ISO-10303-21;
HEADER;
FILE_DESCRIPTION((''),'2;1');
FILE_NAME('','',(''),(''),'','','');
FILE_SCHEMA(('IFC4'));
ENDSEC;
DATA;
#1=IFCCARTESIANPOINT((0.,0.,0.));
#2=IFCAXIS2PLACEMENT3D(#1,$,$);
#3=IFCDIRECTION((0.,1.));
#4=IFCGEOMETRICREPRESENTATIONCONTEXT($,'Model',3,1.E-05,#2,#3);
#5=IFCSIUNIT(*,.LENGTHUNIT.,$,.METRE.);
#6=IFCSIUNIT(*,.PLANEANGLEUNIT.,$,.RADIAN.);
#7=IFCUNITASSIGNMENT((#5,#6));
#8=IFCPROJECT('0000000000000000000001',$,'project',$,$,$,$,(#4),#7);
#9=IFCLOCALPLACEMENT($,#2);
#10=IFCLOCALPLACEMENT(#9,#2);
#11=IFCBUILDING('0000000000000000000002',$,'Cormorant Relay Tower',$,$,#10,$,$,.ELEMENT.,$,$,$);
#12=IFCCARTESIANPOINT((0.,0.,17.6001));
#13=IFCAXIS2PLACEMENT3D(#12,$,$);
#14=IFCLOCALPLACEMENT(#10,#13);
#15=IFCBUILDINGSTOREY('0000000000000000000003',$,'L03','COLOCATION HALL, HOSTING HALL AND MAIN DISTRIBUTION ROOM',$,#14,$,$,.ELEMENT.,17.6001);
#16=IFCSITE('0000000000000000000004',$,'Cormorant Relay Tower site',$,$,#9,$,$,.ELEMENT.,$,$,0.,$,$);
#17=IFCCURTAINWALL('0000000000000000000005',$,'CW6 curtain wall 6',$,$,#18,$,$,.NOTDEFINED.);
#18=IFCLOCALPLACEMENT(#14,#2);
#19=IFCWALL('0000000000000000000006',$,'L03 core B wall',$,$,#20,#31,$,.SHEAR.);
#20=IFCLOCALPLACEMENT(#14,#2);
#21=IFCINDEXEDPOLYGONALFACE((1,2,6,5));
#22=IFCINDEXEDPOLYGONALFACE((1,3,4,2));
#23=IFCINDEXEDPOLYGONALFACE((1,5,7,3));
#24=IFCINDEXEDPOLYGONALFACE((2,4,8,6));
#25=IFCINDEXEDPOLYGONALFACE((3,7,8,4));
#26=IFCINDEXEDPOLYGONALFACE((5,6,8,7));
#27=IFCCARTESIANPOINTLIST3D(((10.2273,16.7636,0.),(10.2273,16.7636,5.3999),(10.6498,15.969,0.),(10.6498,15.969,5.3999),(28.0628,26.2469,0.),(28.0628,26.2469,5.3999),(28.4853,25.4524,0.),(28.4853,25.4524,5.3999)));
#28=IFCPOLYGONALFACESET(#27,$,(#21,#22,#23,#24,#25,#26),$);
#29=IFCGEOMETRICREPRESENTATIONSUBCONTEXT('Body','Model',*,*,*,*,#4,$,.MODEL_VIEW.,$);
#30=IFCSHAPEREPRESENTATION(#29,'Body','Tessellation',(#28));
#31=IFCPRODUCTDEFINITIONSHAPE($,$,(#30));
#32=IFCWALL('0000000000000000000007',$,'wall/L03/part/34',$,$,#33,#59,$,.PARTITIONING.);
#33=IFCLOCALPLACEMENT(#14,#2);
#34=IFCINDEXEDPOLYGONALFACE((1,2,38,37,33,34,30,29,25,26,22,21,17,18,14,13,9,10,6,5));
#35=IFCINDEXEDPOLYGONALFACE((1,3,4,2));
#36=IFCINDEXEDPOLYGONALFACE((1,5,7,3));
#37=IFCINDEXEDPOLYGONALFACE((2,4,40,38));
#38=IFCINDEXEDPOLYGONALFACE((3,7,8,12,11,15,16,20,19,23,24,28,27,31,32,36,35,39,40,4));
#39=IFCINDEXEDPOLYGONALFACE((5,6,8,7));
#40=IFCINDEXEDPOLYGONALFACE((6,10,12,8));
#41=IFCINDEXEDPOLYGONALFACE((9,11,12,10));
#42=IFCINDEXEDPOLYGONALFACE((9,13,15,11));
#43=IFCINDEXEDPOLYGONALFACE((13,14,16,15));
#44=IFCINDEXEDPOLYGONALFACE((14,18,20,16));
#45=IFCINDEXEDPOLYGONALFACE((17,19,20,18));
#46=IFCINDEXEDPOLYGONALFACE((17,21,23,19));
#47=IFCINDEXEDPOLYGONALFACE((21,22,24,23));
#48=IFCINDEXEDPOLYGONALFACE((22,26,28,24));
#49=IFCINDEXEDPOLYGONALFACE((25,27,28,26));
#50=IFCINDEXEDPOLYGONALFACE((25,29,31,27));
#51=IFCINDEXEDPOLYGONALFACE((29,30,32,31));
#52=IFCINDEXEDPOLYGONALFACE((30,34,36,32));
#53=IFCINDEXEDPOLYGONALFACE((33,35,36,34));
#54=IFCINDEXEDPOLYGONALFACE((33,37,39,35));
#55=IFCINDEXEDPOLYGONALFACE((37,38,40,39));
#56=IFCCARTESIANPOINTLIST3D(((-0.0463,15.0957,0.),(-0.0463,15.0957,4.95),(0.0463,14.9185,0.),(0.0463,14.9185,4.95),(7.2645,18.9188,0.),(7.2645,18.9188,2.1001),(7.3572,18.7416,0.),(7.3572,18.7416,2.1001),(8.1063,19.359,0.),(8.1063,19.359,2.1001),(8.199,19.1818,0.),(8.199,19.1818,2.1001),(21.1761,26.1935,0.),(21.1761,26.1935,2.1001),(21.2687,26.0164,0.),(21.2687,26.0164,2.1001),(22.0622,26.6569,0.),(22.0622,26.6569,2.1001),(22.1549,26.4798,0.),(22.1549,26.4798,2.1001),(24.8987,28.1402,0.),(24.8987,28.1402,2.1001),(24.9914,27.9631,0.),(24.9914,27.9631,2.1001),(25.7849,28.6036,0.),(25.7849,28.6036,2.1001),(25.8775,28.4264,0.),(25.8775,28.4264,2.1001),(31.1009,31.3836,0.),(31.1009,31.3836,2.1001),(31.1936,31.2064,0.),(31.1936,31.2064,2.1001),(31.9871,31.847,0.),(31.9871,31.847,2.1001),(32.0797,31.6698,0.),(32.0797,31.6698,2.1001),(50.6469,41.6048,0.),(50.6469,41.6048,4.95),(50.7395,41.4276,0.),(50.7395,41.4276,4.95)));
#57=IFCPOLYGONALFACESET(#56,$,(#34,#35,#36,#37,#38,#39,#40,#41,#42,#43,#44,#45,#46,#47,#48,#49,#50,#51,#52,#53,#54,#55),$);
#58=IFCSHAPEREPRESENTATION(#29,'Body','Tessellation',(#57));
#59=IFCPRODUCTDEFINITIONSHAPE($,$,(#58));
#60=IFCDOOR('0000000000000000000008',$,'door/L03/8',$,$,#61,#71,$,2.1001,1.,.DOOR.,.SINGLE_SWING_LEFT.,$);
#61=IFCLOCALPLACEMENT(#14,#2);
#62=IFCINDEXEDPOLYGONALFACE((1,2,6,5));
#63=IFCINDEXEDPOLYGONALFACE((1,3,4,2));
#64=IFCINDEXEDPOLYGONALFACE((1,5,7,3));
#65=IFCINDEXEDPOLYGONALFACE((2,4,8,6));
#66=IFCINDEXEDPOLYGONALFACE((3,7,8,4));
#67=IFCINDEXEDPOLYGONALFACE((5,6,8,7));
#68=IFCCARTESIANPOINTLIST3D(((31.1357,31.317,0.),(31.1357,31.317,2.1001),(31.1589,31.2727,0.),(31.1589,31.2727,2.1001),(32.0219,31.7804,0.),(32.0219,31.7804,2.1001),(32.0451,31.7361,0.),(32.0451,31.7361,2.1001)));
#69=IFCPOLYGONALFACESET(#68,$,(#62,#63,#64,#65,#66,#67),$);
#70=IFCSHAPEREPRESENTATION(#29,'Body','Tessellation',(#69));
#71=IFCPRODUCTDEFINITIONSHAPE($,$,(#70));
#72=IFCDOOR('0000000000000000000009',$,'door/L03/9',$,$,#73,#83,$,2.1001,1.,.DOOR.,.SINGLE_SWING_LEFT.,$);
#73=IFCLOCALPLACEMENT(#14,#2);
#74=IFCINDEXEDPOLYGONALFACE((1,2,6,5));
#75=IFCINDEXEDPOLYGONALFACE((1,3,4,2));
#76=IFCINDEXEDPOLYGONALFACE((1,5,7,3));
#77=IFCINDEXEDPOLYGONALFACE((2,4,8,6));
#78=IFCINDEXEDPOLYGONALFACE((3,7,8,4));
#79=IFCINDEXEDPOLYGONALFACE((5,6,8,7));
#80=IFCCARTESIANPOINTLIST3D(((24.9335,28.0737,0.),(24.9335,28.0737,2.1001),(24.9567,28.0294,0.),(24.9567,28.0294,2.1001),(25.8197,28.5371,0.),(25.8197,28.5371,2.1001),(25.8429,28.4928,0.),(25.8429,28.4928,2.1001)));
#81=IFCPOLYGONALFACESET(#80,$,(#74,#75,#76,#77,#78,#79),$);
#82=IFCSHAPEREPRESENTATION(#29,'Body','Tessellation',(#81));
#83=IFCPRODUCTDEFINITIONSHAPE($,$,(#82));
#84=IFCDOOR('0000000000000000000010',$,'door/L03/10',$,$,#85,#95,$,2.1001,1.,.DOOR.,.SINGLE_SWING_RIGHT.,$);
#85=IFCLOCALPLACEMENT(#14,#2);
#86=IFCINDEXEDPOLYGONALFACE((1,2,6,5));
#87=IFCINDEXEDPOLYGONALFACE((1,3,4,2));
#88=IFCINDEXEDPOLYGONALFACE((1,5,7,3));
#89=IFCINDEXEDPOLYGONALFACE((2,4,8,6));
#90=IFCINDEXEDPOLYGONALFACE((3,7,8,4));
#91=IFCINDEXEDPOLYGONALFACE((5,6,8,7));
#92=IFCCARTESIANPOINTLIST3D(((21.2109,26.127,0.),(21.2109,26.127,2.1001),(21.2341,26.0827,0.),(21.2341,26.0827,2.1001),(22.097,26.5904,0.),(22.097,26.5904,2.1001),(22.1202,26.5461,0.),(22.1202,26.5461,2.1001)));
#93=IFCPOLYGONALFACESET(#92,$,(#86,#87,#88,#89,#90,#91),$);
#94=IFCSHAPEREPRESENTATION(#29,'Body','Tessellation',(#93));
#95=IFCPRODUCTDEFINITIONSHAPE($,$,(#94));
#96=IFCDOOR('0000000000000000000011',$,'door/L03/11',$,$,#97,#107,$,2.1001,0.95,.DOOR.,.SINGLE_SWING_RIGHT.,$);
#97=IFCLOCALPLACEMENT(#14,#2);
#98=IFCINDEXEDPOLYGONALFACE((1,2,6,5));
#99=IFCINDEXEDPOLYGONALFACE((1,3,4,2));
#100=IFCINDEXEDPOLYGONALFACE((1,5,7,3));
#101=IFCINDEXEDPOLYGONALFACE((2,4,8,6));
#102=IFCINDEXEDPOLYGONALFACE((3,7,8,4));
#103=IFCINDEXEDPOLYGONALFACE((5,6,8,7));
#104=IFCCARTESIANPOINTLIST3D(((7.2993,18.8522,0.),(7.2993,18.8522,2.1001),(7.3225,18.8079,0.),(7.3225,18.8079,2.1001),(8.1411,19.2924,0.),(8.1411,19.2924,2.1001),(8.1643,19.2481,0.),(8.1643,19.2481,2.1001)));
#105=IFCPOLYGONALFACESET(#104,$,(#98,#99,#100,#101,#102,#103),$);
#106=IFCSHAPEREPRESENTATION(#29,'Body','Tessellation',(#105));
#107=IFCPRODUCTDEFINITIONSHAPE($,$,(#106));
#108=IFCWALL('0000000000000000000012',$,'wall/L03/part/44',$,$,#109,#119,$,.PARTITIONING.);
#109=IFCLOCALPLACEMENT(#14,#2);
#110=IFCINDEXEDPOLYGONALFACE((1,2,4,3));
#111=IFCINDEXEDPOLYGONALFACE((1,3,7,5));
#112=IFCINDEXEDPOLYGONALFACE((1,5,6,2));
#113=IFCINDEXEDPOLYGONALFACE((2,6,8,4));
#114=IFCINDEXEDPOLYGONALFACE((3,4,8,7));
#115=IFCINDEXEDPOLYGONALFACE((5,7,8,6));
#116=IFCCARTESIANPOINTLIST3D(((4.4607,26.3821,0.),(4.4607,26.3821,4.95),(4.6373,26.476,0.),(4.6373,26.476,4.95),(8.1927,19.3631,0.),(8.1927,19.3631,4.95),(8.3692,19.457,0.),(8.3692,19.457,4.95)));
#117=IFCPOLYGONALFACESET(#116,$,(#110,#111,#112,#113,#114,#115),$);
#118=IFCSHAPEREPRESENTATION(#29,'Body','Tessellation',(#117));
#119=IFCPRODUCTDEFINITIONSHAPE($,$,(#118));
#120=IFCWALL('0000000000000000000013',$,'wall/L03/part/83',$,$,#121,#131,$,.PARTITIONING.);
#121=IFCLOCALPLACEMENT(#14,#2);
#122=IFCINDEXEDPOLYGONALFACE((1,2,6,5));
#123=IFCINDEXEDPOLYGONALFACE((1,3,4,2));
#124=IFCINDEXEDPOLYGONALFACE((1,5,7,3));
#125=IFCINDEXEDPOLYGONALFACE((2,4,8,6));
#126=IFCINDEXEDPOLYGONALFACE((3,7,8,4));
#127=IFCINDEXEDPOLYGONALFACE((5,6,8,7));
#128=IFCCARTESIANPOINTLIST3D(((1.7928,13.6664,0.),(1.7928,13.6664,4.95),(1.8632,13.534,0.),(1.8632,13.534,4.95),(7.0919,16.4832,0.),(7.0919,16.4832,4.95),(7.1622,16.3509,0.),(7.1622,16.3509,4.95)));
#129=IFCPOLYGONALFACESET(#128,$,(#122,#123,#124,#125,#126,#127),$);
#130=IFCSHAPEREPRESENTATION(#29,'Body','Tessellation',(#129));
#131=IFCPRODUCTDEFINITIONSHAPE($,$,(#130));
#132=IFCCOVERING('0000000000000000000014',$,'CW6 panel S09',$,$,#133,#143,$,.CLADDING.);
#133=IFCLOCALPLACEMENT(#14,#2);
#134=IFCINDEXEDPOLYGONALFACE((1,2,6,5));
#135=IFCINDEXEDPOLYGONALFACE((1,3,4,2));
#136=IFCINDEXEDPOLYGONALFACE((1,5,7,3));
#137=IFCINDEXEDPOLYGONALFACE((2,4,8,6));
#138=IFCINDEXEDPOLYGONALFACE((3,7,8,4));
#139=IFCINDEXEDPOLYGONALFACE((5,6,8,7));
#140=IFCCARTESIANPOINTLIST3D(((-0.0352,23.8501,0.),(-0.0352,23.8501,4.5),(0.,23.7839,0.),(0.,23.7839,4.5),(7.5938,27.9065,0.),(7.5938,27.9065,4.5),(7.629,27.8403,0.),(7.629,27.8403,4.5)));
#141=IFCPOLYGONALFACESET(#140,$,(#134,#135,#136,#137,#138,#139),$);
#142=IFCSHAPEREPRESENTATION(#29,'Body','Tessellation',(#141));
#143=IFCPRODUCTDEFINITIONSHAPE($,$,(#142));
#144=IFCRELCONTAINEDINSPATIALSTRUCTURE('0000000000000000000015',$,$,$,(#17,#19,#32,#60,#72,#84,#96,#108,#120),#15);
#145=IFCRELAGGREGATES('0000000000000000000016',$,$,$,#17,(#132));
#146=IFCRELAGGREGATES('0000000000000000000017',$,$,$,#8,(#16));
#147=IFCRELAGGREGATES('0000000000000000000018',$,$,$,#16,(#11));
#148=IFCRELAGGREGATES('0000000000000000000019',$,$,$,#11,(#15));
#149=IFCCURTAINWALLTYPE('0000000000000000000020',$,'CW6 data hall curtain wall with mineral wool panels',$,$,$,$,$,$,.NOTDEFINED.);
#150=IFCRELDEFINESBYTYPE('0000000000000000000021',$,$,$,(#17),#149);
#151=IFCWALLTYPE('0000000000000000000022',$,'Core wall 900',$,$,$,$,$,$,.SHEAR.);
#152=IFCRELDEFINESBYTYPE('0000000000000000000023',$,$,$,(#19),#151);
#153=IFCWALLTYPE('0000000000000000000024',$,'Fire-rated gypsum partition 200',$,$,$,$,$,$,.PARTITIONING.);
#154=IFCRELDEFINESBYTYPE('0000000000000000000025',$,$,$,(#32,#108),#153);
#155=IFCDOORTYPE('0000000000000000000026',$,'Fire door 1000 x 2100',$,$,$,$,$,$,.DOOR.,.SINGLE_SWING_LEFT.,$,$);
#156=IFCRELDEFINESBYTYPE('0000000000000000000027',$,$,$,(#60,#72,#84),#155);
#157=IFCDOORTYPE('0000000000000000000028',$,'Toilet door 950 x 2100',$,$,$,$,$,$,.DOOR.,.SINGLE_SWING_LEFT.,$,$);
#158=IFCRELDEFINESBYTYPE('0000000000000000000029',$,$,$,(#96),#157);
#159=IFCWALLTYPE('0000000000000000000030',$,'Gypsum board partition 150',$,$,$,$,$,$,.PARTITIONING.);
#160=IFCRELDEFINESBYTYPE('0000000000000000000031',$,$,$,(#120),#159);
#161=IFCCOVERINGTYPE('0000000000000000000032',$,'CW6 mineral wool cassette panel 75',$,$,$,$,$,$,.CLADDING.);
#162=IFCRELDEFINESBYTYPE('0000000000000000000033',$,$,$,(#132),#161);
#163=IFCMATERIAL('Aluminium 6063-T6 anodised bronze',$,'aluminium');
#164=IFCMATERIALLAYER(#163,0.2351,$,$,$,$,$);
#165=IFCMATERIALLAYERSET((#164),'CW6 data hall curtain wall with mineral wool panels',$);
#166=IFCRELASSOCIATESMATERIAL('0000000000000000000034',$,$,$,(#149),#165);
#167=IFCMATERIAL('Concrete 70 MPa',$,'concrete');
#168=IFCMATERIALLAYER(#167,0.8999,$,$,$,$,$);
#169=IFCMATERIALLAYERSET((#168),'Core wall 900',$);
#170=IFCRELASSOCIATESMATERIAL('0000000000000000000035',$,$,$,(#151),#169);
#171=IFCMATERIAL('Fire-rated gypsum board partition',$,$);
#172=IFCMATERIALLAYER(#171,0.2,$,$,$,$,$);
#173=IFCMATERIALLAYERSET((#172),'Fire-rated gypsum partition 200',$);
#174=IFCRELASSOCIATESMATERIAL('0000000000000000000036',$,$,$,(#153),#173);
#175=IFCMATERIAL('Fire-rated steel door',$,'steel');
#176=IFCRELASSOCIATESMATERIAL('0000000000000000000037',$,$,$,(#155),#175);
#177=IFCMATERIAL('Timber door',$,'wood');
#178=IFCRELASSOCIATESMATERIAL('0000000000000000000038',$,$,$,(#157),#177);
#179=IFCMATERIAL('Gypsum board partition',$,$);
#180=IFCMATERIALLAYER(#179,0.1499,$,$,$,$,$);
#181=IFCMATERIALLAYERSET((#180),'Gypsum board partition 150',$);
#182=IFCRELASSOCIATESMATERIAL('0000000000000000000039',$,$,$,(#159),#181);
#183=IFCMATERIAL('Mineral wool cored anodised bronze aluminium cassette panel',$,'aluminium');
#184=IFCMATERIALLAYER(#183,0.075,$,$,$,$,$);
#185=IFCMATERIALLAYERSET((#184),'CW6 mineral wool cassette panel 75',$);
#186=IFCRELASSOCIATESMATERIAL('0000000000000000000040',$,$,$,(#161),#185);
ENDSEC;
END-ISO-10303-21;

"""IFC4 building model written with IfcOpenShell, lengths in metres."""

from ifc_helpers import new_model, si_unit, direction, frame, frame_2d, origin, origin_2d, place, context, subcontext, project, spatial, rectangle, extrude, material, layer, layer_set, type_object, element, fill, aggregate, save


model = new_model("IFC4")

# Units and contexts
model_context = context("Model", 3, precision=1e-05, world=origin(), true_north=direction((0.0, 1.0)))
body_context = subcontext(model_context, "Body", "Model", "MODEL_VIEW")
ifc_project = project(units=[si_unit("LENGTHUNIT", "METRE"), si_unit("PLANEANGLEUNIT", "RADIAN")], contexts=[model_context])

# Site, building, storey
site_placement = place(None, origin())
site = spatial("IfcSite", under=ifc_project, at=site_placement, Name="Cormorant Relay Tower site", CompositionType="ELEMENT", RefElevation=0.0)
building_placement = place(site_placement, origin())
building = spatial("IfcBuilding", under=site, at=building_placement, Name="Cormorant Relay Tower", CompositionType="ELEMENT")
storey_placement = place(building_placement, frame((0.0, 0.0, 17.6001)))
storey = spatial("IfcBuildingStorey", under=building, at=storey_placement, Name="L03", Description="COLOCATION HALL, HOSTING HALL AND MAIN DISTRIBUTION ROOM", CompositionType="ELEMENT", Elevation=17.6001)

# Curtain wall
ifc_material_1 = material(Name="Aluminium 6063-T6 anodised bronze", Category="aluminium")
ifc_layer_1 = layer(ifc_material_1, 0.2351)
ifc_layer_set_1 = layer_set([ifc_layer_1], Name="CW6 data hall curtain wall with mineral wool panels")
curtain_wall_type = type_object("IfcCurtainWallType", Name="CW6 data hall curtain wall with mineral wool panels", PredefinedType="NOTDEFINED", material=ifc_layer_set_1)
curtain_wall_1_placement = place(storey_placement, origin())
curtain_wall_1 = element("IfcCurtainWall", 1, at=curtain_wall_1_placement, inside=storey, type_object=curtain_wall_type, Name="CW6 curtain wall 6", PredefinedType="NOTDEFINED")

# Wall
ifc_material_2 = material(Name="Concrete 70 MPa", Category="concrete")
ifc_layer_2 = layer(ifc_material_2, 0.8999)
ifc_layer_set_2 = layer_set([ifc_layer_2], Name="Core wall 900")
wall_type_1 = type_object("IfcWallType", Name="Core wall 900", PredefinedType="SHEAR", material=ifc_layer_set_2)
wall_1_placement = place(storey_placement, frame((10.4385, 16.3662, 0.0), z_axis=(0.0, 0.0, 1.0), x_axis=(0.882945, 0.469476, 0.0)))
element("IfcWall", 2, at=wall_1_placement, inside=storey, type_object=wall_type_1, Name="L03 core B wall", PredefinedType="SHEAR", context=body_context, shape_type="SweptSolid", body=[
    extrude(rectangle(XDim=20.2, YDim=0.8999, at=frame_2d((10.1001, 0.0))), origin(), (0.0, 0.0, 1.0), 5.3999),
])

# Wall, openings, doors
ifc_material_3 = material(Name="Fire-rated gypsum board partition")
ifc_layer_3 = layer(ifc_material_3, 0.2)
ifc_layer_set_3 = layer_set([ifc_layer_3], Name="Fire-rated gypsum partition 200")
wall_type_2 = type_object("IfcWallType", Name="Fire-rated gypsum partition 200", PredefinedType="PARTITIONING", material=ifc_layer_set_3)
wall_2_placement = place(storey_placement, frame((0.0, 15.0071, 0.0), z_axis=(0.0, 0.0, 1.0), x_axis=(0.886151, 0.463396, 0.0)))
wall_2 = element("IfcWall", 3, at=wall_2_placement, inside=storey, type_object=wall_type_2, Name="wall/L03/part/34", PredefinedType="PARTITIONING", context=body_context, shape_type="SweptSolid", body=[
    extrude(rectangle(XDim=57.2061, YDim=0.2, at=frame_2d((28.603, 0.0))), origin(), (0.0, 0.0, 1.0), 4.95),
])
opening_1_placement = place(wall_2_placement, frame((35.1489, 0.0, 0.0)))
opening_1 = element("IfcOpeningElement", 4, at=opening_1_placement, cuts=wall_2, PredefinedType="OPENING", context=body_context, shape_type="SweptSolid", body=[
    extrude(rectangle(XDim=1.0, YDim=2.1001, at=frame_2d((0.5, 1.05))), frame((0.0, 0.1099, 0.0), z_axis=(0.0, -1.0, 0.0), x_axis=(1.0, 0.0, 0.0)), (0.0, 0.0, 1.0), 0.22),
])
opening_2_placement = place(wall_2_placement, frame((28.1499, 0.0, 0.0)))
opening_2 = element("IfcOpeningElement", 5, at=opening_2_placement, cuts=wall_2, PredefinedType="OPENING", context=body_context, shape_type="SweptSolid", body=[
    extrude(rectangle(XDim=1.0, YDim=2.1001, at=frame_2d((0.5, 1.05))), frame((0.0, 0.1099, 0.0), z_axis=(0.0, -1.0, 0.0), x_axis=(1.0, 0.0, 0.0)), (0.0, 0.0, 1.0), 0.22),
])
opening_3_placement = place(wall_2_placement, frame((23.949, 0.0, 0.0)))
opening_3 = element("IfcOpeningElement", 6, at=opening_3_placement, cuts=wall_2, PredefinedType="OPENING", context=body_context, shape_type="SweptSolid", body=[
    extrude(rectangle(XDim=1.0, YDim=2.1001, at=frame_2d((0.5, 1.05))), frame((0.0, 0.1099, 0.0), z_axis=(0.0, -1.0, 0.0), x_axis=(1.0, 0.0, 0.0)), (0.0, 0.0, 1.0), 0.22),
])
opening_4_placement = place(wall_2_placement, frame((8.25, 0.0, 0.0)))
opening_4 = element("IfcOpeningElement", 7, at=opening_4_placement, cuts=wall_2, PredefinedType="OPENING", context=body_context, shape_type="SweptSolid", body=[
    extrude(rectangle(XDim=0.95, YDim=2.1001, at=frame_2d((0.4751, 1.05))), frame((0.0, 0.1099, 0.0), z_axis=(0.0, -1.0, 0.0), x_axis=(1.0, 0.0, 0.0)), (0.0, 0.0, 1.0), 0.22),
])
ifc_material_4 = material(Name="Fire-rated steel door", Category="steel")
door_type_1 = type_object("IfcDoorType", Name="Fire door 1000 x 2100", OperationType="SINGLE_SWING_LEFT", PredefinedType="DOOR", material=ifc_material_4)
door_1_placement = place(opening_1_placement, origin())
door_1 = element("IfcDoor", 8, at=door_1_placement, inside=storey, type_object=door_type_1, Name="door/L03/8", OperationType="SINGLE_SWING_LEFT", OverallHeight=2.1001, OverallWidth=1.0, PredefinedType="DOOR", context=body_context, shape_type="SweptSolid", body=[
    extrude(rectangle(XDim=1.0, YDim=2.1001, at=frame_2d((0.5, 1.05))), frame((0.0, 0.0249, 0.0), z_axis=(0.0, -1.0, 0.0), x_axis=(1.0, 0.0, 0.0)), (0.0, 0.0, 1.0), 0.05),
])
fill(opening_1, door_1)
door_2_placement = place(opening_2_placement, origin())
door_2 = element("IfcDoor", 9, at=door_2_placement, inside=storey, type_object=door_type_1, Name="door/L03/9", OperationType="SINGLE_SWING_LEFT", OverallHeight=2.1001, OverallWidth=1.0, PredefinedType="DOOR", context=body_context, shape_type="SweptSolid", body=[
    extrude(rectangle(XDim=1.0, YDim=2.1001, at=frame_2d((0.5, 1.05))), frame((0.0, 0.0249, 0.0), z_axis=(0.0, -1.0, 0.0), x_axis=(1.0, 0.0, 0.0)), (0.0, 0.0, 1.0), 0.05),
])
fill(opening_2, door_2)
door_3_placement = place(opening_3_placement, origin())
door_3 = element("IfcDoor", 10, at=door_3_placement, inside=storey, type_object=door_type_1, Name="door/L03/10", OperationType="SINGLE_SWING_RIGHT", OverallHeight=2.1001, OverallWidth=1.0, PredefinedType="DOOR", context=body_context, shape_type="SweptSolid", body=[
    extrude(rectangle(XDim=1.0, YDim=2.1001, at=frame_2d((0.5, 1.05))), frame((0.0, 0.0249, 0.0), z_axis=(0.0, -1.0, 0.0), x_axis=(1.0, 0.0, 0.0)), (0.0, 0.0, 1.0), 0.05),
])
fill(opening_3, door_3)
ifc_material_5 = material(Name="Timber door", Category="wood")
door_type_2 = type_object("IfcDoorType", Name="Toilet door 950 x 2100", OperationType="SINGLE_SWING_LEFT", PredefinedType="DOOR", material=ifc_material_5)
door_4_placement = place(opening_4_placement, origin())
door_4 = element("IfcDoor", 11, at=door_4_placement, inside=storey, type_object=door_type_2, Name="door/L03/11", OperationType="SINGLE_SWING_RIGHT", OverallHeight=2.1001, OverallWidth=0.95, PredefinedType="DOOR", context=body_context, shape_type="SweptSolid", body=[
    extrude(rectangle(XDim=0.95, YDim=2.1001, at=frame_2d((0.4751, 1.05))), frame((0.0, 0.0249, 0.0), z_axis=(0.0, -1.0, 0.0), x_axis=(1.0, 0.0, 0.0)), (0.0, 0.0, 1.0), 0.05),
])
fill(opening_4, door_4)

# Walls
wall_3_placement = place(storey_placement, frame((4.5491, 26.429, 0.0), z_axis=(0.0, 0.0, 1.0), x_axis=(0.469456, -0.882956, 0.0)))
element("IfcWall", 12, at=wall_3_placement, inside=storey, type_object=wall_type_2, Name="wall/L03/part/44", PredefinedType="PARTITIONING", context=body_context, shape_type="SweptSolid", body=[
    extrude(rectangle(XDim=7.9495, YDim=0.2, at=frame_2d((3.9746, 0.0))), origin(), (0.0, 0.0, 1.0), 4.95),
])
ifc_material_6 = material(Name="Gypsum board partition")
ifc_layer_4 = layer(ifc_material_6, 0.1499)
ifc_layer_set_4 = layer_set([ifc_layer_4], Name="Gypsum board partition 150")
wall_type_3 = type_object("IfcWallType", Name="Gypsum board partition 150", PredefinedType="PARTITIONING", material=ifc_layer_set_4)
wall_4_placement = place(storey_placement, frame((7.127, 16.417, 0.0), z_axis=(0.0, 0.0, 1.0), x_axis=(-0.882994, -0.469384, 0.0)))
element("IfcWall", 13, at=wall_4_placement, inside=storey, type_object=wall_type_3, Name="wall/L03/part/83", PredefinedType="PARTITIONING", context=body_context, shape_type="SweptSolid", body=[
    extrude(rectangle(XDim=6.0012, YDim=0.1499, at=frame_2d((3.0005, 0.0))), origin(), (0.0, 0.0, 1.0), 4.95),
])

# Covering
ifc_material_7 = material(Name="Mineral wool cored anodised bronze aluminium cassette panel", Category="aluminium")
ifc_layer_5 = layer(ifc_material_7, 0.075)
ifc_layer_set_5 = layer_set([ifc_layer_5], Name="CW6 mineral wool cassette panel 75")
covering_type = type_object("IfcCoveringType", Name="CW6 mineral wool cassette panel 75", PredefinedType="CLADDING", material=ifc_layer_set_5)
covering_placement = place(storey_placement, frame((3.7969, 25.8452, 0.0), z_axis=(0.0, 0.0, 1.0), x_axis=(-0.882948, -0.469472, 0.0)))
covering = element("IfcCovering", 14, at=covering_placement, type_object=covering_type, Name="CW6 panel S09", PredefinedType="CLADDING", context=body_context, shape_type="SweptSolid", body=[
    extrude(rectangle(XDim=8.6404, YDim=0.075, at=origin_2d()), origin(), (0.0, 0.0, 1.0), 4.5),
])
aggregate(curtain_wall_1, [covering])

save(model, "model.ifc")
